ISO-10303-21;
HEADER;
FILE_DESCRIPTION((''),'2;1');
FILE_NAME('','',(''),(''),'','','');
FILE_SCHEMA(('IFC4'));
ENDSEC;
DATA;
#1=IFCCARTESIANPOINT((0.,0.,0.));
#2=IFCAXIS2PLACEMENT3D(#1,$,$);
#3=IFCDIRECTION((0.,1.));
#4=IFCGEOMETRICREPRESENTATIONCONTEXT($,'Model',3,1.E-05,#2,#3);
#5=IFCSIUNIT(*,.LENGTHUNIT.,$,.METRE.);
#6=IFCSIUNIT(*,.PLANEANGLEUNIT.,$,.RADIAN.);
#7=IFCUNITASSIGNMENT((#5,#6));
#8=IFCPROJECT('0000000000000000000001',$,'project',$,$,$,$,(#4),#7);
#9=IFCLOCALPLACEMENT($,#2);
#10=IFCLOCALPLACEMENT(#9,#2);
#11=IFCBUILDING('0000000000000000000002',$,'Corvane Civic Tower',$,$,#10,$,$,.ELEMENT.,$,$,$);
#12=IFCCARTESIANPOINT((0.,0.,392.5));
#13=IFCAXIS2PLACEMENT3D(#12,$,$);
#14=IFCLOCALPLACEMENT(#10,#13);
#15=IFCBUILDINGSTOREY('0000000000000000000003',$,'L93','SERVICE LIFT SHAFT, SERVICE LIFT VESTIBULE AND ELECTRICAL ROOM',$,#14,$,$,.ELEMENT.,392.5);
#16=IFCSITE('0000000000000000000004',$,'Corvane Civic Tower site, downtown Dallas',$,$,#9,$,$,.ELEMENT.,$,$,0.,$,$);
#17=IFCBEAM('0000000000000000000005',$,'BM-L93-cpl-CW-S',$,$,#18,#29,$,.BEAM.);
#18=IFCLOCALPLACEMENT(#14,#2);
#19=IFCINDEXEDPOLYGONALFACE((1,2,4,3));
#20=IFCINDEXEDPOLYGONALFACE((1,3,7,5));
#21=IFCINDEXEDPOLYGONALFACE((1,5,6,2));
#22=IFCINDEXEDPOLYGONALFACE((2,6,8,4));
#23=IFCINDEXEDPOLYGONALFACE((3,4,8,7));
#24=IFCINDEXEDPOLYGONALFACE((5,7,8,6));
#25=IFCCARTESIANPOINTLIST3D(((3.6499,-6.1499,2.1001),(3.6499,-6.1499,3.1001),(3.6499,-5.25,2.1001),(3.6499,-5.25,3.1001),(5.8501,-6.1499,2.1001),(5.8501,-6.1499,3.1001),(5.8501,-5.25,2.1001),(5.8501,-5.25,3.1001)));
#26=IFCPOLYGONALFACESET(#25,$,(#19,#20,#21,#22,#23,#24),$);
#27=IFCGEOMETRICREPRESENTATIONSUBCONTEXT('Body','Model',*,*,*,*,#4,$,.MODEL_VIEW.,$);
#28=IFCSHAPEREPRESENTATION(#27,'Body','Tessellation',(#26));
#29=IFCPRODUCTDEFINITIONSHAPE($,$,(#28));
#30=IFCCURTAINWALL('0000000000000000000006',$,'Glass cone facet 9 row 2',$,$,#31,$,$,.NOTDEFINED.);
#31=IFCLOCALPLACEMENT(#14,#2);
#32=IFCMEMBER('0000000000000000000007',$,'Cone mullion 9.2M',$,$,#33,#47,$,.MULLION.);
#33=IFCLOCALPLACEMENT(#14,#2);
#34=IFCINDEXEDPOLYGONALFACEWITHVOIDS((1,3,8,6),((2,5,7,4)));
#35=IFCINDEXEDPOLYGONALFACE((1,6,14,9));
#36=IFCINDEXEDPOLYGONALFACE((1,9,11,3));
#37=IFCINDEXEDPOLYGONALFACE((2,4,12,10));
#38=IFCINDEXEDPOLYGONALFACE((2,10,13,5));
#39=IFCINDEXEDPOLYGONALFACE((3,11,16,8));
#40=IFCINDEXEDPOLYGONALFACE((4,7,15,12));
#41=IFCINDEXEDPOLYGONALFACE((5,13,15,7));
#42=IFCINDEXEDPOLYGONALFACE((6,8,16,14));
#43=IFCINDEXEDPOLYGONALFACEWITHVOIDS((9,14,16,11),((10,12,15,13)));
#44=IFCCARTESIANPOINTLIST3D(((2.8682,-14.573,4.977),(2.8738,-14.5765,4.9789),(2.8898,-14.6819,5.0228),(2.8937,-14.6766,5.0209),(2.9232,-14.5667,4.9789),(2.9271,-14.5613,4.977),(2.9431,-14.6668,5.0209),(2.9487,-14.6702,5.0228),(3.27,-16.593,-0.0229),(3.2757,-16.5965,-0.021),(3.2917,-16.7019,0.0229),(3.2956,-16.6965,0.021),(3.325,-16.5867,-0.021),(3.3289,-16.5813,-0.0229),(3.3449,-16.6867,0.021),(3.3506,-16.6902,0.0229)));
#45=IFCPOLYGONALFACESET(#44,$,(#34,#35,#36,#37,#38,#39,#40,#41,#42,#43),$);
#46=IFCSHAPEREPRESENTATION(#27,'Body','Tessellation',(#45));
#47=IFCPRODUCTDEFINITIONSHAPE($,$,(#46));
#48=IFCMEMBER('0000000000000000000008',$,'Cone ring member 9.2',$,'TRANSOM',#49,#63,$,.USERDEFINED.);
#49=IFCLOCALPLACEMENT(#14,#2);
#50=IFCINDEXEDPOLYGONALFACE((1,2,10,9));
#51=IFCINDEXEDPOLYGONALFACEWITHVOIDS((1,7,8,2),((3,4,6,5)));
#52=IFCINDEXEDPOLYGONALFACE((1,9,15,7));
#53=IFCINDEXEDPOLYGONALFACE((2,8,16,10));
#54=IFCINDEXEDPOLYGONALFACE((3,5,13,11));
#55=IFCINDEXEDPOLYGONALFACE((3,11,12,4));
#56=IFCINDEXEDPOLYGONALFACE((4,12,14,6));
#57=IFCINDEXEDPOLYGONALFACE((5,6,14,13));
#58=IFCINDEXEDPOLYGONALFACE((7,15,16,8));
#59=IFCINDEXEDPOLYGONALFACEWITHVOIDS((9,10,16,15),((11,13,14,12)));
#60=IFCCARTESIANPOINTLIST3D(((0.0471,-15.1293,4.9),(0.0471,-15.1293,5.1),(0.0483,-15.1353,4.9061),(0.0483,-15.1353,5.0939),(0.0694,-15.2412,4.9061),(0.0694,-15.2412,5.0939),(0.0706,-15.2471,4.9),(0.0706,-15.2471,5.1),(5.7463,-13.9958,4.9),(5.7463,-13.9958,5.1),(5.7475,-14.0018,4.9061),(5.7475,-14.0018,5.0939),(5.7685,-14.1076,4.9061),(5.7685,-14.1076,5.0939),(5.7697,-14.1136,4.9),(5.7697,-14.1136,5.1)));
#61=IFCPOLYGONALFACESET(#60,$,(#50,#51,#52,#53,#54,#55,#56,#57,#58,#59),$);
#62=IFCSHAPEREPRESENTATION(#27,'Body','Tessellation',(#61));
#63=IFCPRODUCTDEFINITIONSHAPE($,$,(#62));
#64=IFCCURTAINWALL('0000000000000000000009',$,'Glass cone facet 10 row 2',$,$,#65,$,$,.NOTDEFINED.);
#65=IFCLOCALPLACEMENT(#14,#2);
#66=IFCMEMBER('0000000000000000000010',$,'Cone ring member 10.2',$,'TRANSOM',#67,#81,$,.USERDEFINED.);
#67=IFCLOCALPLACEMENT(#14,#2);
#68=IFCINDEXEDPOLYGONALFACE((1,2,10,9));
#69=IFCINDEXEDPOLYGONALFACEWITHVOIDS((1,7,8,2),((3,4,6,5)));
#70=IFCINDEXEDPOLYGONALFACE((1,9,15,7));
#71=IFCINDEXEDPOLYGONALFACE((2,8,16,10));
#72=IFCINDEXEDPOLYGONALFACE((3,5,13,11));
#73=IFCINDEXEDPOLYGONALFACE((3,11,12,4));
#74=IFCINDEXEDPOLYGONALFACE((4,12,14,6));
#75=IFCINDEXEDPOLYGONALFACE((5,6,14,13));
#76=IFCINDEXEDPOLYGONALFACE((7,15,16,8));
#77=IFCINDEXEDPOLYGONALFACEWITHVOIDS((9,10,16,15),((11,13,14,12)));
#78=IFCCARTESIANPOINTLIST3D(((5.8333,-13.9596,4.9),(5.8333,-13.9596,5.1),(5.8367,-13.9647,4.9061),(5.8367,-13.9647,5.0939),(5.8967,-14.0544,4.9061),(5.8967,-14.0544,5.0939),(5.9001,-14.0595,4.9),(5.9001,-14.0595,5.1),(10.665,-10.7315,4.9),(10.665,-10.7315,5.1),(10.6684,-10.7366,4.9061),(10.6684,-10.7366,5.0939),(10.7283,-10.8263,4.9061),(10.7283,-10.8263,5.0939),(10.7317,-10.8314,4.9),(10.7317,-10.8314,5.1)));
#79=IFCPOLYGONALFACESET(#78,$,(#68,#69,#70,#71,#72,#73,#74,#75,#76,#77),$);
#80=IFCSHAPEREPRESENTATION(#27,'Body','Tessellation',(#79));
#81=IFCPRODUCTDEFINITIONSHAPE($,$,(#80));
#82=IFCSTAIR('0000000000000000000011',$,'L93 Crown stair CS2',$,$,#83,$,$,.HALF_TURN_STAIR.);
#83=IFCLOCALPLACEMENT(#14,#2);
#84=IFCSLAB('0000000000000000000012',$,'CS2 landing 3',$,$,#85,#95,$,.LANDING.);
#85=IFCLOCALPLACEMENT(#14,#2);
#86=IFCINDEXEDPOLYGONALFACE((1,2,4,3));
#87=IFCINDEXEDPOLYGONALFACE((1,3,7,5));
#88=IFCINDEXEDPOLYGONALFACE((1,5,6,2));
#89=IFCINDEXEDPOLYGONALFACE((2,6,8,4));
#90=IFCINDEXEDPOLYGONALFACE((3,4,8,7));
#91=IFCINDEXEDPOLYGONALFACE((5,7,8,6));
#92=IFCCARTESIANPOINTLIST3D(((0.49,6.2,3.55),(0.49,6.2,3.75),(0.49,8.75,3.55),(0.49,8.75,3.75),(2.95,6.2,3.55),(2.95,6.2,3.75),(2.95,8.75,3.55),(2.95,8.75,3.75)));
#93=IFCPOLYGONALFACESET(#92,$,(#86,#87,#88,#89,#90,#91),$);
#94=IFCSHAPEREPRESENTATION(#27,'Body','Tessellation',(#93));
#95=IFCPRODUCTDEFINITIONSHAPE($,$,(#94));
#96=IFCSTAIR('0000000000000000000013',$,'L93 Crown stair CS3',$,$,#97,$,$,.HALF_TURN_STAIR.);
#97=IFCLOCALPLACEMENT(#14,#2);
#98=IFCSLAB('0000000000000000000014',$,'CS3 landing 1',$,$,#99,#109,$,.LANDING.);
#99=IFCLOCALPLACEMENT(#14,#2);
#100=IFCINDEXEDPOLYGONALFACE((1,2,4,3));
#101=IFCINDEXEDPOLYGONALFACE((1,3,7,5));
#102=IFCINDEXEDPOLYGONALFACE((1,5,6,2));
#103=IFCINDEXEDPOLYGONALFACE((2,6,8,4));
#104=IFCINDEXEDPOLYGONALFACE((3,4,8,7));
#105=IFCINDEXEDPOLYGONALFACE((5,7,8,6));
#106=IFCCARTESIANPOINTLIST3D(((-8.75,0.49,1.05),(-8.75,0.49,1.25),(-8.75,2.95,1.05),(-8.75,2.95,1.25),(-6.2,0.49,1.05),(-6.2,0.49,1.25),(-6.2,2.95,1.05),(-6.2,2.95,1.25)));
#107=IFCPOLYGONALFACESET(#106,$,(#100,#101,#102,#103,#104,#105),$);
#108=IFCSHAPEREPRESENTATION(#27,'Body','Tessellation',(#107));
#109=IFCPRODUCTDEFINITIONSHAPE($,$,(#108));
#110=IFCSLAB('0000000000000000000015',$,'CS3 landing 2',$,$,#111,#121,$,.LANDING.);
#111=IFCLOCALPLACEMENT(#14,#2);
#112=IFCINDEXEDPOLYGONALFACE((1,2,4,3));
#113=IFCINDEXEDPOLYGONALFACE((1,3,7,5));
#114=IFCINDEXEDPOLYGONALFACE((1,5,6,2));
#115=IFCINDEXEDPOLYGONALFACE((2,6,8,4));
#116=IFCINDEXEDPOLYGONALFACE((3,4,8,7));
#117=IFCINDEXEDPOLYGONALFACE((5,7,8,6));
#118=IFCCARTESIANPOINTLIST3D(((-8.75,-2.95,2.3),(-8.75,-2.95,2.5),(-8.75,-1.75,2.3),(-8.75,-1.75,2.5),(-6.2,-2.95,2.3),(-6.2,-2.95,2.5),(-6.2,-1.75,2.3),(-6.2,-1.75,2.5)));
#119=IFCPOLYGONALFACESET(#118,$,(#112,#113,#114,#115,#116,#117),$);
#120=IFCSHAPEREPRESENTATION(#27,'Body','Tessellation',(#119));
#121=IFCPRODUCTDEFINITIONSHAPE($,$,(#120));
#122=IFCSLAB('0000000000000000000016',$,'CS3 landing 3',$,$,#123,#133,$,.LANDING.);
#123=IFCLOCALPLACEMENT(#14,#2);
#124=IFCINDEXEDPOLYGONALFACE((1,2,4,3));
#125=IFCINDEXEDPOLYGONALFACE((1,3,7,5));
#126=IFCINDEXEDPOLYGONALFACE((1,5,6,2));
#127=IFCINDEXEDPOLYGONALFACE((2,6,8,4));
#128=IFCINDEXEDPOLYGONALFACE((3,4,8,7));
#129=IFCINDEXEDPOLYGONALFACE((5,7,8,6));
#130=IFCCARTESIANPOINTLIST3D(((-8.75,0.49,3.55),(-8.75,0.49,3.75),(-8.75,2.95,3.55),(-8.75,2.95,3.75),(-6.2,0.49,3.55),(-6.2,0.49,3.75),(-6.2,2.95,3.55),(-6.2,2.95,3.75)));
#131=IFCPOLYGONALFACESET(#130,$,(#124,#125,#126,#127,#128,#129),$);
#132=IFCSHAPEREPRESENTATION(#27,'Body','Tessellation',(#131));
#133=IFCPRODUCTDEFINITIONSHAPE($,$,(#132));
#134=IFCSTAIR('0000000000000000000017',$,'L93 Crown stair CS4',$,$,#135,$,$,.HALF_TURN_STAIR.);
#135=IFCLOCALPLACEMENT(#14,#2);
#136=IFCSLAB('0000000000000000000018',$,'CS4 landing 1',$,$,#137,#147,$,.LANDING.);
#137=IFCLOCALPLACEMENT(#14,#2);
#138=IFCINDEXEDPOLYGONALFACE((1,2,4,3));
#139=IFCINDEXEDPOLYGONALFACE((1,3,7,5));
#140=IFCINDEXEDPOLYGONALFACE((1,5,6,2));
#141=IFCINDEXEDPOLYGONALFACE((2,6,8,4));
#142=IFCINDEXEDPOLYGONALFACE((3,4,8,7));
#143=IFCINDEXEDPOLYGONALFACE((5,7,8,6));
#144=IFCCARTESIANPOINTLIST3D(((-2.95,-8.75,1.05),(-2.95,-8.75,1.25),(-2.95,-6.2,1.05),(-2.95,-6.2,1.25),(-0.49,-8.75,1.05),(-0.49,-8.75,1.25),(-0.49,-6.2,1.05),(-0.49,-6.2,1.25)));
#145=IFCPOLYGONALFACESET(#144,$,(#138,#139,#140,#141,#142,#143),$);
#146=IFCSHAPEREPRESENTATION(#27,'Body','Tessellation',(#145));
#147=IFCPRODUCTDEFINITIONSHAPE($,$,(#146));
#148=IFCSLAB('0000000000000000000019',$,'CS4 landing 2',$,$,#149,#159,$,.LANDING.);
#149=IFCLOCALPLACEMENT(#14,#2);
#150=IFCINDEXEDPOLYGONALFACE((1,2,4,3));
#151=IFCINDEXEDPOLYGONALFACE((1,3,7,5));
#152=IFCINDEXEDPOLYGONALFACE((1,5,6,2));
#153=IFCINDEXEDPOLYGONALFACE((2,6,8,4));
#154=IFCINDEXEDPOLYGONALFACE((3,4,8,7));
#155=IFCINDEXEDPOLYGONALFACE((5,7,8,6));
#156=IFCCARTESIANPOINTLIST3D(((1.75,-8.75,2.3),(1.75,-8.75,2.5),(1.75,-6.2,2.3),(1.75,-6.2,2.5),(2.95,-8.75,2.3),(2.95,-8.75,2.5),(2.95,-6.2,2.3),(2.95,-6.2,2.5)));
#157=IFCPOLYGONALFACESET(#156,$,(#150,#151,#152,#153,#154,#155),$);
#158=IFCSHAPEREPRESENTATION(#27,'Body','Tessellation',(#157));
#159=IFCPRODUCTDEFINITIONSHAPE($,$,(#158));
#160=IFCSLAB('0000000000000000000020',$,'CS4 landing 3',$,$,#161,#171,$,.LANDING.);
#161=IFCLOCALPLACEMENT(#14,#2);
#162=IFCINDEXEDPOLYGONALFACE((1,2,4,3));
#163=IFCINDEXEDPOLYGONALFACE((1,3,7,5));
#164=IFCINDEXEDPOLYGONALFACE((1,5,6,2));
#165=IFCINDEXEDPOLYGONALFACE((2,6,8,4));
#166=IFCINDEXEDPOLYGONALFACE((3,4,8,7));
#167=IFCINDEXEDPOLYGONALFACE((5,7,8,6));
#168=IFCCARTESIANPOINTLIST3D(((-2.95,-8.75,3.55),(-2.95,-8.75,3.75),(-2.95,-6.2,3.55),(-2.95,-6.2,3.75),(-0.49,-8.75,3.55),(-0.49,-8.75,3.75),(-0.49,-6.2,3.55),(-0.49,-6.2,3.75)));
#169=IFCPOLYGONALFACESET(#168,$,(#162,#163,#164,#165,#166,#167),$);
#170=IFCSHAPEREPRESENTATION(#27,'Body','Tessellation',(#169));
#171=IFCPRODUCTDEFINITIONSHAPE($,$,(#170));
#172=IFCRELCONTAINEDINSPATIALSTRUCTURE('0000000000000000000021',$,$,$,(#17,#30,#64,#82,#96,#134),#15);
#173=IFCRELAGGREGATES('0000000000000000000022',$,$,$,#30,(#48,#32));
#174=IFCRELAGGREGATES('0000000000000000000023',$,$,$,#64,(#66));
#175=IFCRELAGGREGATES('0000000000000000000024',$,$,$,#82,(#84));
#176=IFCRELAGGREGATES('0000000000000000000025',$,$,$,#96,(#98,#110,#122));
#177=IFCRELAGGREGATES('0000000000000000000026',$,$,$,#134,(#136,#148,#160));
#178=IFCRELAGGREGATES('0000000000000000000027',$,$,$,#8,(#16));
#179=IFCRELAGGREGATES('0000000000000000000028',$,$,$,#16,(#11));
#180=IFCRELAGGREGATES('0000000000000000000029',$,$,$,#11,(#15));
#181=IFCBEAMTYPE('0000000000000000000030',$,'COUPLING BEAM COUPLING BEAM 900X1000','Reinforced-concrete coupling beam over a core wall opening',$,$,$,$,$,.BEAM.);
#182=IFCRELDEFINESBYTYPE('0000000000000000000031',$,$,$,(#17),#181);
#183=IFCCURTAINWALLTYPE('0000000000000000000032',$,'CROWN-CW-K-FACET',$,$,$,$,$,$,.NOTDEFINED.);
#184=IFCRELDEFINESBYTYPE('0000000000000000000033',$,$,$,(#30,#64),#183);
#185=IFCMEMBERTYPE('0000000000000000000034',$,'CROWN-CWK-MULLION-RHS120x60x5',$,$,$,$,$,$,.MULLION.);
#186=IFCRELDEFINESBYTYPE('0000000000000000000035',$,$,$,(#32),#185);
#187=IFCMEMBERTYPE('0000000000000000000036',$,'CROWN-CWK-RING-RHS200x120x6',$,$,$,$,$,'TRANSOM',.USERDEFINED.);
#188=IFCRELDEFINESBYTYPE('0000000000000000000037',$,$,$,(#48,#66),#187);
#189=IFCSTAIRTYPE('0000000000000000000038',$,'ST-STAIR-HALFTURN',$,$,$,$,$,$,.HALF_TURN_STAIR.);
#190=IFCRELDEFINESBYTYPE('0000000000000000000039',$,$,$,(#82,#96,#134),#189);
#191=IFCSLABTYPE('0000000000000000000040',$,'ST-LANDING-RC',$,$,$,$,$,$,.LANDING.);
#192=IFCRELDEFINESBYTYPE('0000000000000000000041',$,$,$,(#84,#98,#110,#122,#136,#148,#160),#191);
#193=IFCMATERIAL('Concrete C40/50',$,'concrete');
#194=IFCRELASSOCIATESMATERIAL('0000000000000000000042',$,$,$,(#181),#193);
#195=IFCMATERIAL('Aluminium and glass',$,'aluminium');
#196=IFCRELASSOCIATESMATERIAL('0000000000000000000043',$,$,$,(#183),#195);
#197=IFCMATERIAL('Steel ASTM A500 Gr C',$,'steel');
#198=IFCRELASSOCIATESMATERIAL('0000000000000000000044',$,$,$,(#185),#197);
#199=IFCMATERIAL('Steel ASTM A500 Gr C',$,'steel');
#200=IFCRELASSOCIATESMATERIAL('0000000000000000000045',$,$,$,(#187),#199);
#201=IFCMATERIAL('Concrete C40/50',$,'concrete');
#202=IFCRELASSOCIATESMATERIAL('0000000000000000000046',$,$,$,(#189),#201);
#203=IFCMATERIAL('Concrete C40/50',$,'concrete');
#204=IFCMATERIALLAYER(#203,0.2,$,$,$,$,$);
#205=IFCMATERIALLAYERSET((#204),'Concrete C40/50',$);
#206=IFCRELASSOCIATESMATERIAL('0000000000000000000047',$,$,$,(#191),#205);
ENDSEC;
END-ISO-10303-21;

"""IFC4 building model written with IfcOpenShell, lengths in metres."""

from ifc_helpers import new_model, si_unit, direction, frame, origin, origin_2d, place, context, subcontext, project, spatial, polyline, rectangle, hollow_rectangle, outline, extrude, material, layer, layer_set, material_profile, profile_set, type_object, element, aggregate, save


model = new_model("IFC4")

# Units and contexts
model_context = context("Model", 3, precision=1e-05, world=origin(), true_north=direction((0.0, 1.0)))
body_context = subcontext(model_context, "Body", "Model", "MODEL_VIEW")
ifc_project = project(units=[si_unit("LENGTHUNIT", "METRE"), si_unit("PLANEANGLEUNIT", "RADIAN")], contexts=[model_context])

# Site, building, storey
site_placement = place(None, origin())
site = spatial("IfcSite", under=ifc_project, at=site_placement, Name="Corvane Civic Tower site, downtown Dallas", CompositionType="ELEMENT", RefElevation=0.0)
building_placement = place(site_placement, origin())
building = spatial("IfcBuilding", under=site, at=building_placement, Name="Corvane Civic Tower", CompositionType="ELEMENT")
storey_placement = place(building_placement, frame((0.0, 0.0, 392.5)))
storey = spatial("IfcBuildingStorey", under=building, at=storey_placement, Name="L93", Description="SERVICE LIFT SHAFT, SERVICE LIFT VESTIBULE AND ELECTRICAL ROOM", CompositionType="ELEMENT", Elevation=392.5)

# Beam
ifc_material_1 = material(Name="Concrete C40/50", Category="concrete")
ifc_material_profile_1 = material_profile(ifc_material_1, rectangle(XDim=0.8999, YDim=1.0, at=origin_2d()), Name="COUPLING BEAM 900X1000")
ifc_profile_set_1 = profile_set([ifc_material_profile_1], Name="Concrete C40/50")
beam_type = type_object("IfcBeamType", Name="COUPLING BEAM COUPLING BEAM 900X1000", Description="Reinforced-concrete coupling beam over a core wall opening", PredefinedType="BEAM", material=ifc_profile_set_1)
beam_placement = place(storey_placement, frame((3.6499, -5.7, 2.6001), z_axis=(1.0, 0.0, 0.0), x_axis=(0.0, 1.0, 0.0)))
element("IfcBeam", 1, at=beam_placement, inside=storey, type_object=beam_type, Name="BM-L93-cpl-CW-S", PredefinedType="BEAM", context=body_context, shape_type="SweptSolid", body=[
    extrude(rectangle(XDim=0.8999, YDim=1.0, at=origin_2d()), origin(), (0.0, 0.0, 1.0), 2.2002),
])

# Curtain wall, members
ifc_material_2 = material(Name="Aluminium and glass", Category="aluminium")
curtain_wall_type = type_object("IfcCurtainWallType", Name="CROWN-CW-K-FACET", PredefinedType="NOTDEFINED", material=ifc_material_2)
curtain_wall_1_placement = place(storey_placement, origin())
curtain_wall_1 = element("IfcCurtainWall", 2, at=curtain_wall_1_placement, inside=storey, type_object=curtain_wall_type, Name="Glass cone facet 9 row 2", PredefinedType="NOTDEFINED")
ifc_material_3 = material(Name="Steel ASTM A500 Gr C", Category="steel")
ifc_material_profile_2 = material_profile(ifc_material_3, hollow_rectangle(XDim=0.0601, YDim=0.1201, WallThickness=0.0049, at=origin_2d()), Name="RHS 120x60x5")
ifc_profile_set_2 = profile_set([ifc_material_profile_2], Name="Steel ASTM A500 Gr C")
member_type_1 = type_object("IfcMemberType", Name="CROWN-CWK-MULLION-RHS120x60x5", PredefinedType="MULLION", material=ifc_profile_set_2)
member_1_placement = place(storey_placement, frame((3.3103, -16.6416, 0.0), z_axis=(-0.074313, 0.373553, 0.924627), x_axis=(-0.980781, -0.195113, 0.0)))
member_1 = element("IfcMember", 3, at=member_1_placement, type_object=member_type_1, Name="Cone mullion 9.2M", PredefinedType="MULLION", context=body_context, shape_type="SweptSolid", body=[
    extrude(hollow_rectangle(XDim=0.0601, YDim=0.1201, WallThickness=0.0049, at=origin_2d()), origin(), (0.0, 0.0, 1.0), 5.4075),
])
ifc_material_4 = material(Name="Steel ASTM A500 Gr C", Category="steel")
ifc_material_profile_3 = material_profile(ifc_material_4, hollow_rectangle(XDim=0.1201, YDim=0.2, WallThickness=0.0061, at=origin_2d()), Name="RHS 200x120x6")
ifc_profile_set_3 = profile_set([ifc_material_profile_3], Name="Steel ASTM A500 Gr C")
member_type_2 = type_object("IfcMemberType", Name="CROWN-CWK-RING-RHS200x120x6", ElementType="TRANSOM", PredefinedType="USERDEFINED", material=ifc_profile_set_3)
member_2_placement = place(storey_placement, frame((0.0588, -15.1882, 5.0), z_axis=(0.980789, 0.195074, 0.0), x_axis=(-0.195074, 0.980789, 0.0)))
member_2 = element("IfcMember", 4, at=member_2_placement, type_object=member_type_2, Name="Cone ring member 9.2", ObjectType="TRANSOM", PredefinedType="USERDEFINED", context=body_context, shape_type="SweptSolid", body=[
    extrude(hollow_rectangle(XDim=0.1201, YDim=0.2, WallThickness=0.0061, at=origin_2d()), origin(), (0.0, 0.0, 1.0), 5.8108),
])
aggregate(curtain_wall_1, [member_2, member_1])

# Curtain wall, member
curtain_wall_2_placement = place(storey_placement, origin())
curtain_wall_2 = element("IfcCurtainWall", 5, at=curtain_wall_2_placement, inside=storey, type_object=curtain_wall_type, Name="Glass cone facet 10 row 2", PredefinedType="NOTDEFINED")
member_3_placement = place(storey_placement, frame((5.8667, -14.0095, 5.0), z_axis=(0.831494, 0.555534, 0.0), x_axis=(-0.555534, 0.831494, 0.0)))
member_3 = element("IfcMember", 6, at=member_3_placement, type_object=member_type_2, Name="Cone ring member 10.2", ObjectType="TRANSOM", PredefinedType="USERDEFINED", context=body_context, shape_type="SweptSolid", body=[
    extrude(hollow_rectangle(XDim=0.1201, YDim=0.2, WallThickness=0.0061, at=origin_2d()), origin(), (0.0, 0.0, 1.0), 5.8108),
])
aggregate(curtain_wall_2, [member_3])

# Stair, slab
ifc_material_5 = material(Name="Concrete C40/50", Category="concrete")
stair_type = type_object("IfcStairType", Name="ST-STAIR-HALFTURN", PredefinedType="HALF_TURN_STAIR", material=ifc_material_5)
stair_1_placement = place(storey_placement, origin())
stair_1 = element("IfcStair", 7, at=stair_1_placement, inside=storey, type_object=stair_type, Name="L93 Crown stair CS2", PredefinedType="HALF_TURN_STAIR")
ifc_material_6 = material(Name="Concrete C40/50", Category="concrete")
ifc_layer_1 = layer(ifc_material_6, 0.2)
ifc_layer_set_1 = layer_set([ifc_layer_1], Name="Concrete C40/50")
slab_type = type_object("IfcSlabType", Name="ST-LANDING-RC", PredefinedType="LANDING", material=ifc_layer_set_1)
slab_1_placement = place(storey_placement, frame((0.0, 0.0, 3.55)))
slab_1 = element("IfcSlab", 8, at=slab_1_placement, type_object=slab_type, Name="CS2 landing 3", PredefinedType="LANDING", context=body_context, shape_type="SweptSolid", body=[
    extrude(outline(polyline([(0.49, 6.2), (2.95, 6.2), (2.95, 8.75), (0.49, 8.75), (0.49, 6.2)])), origin(), (0.0, 0.0, 1.0), 0.2),
])
aggregate(stair_1, [slab_1])

# Stairs, slabs
stair_2_placement = place(storey_placement, origin())
stair_2 = element("IfcStair", 9, at=stair_2_placement, inside=storey, type_object=stair_type, Name="L93 Crown stair CS3", PredefinedType="HALF_TURN_STAIR")
slab_2_placement = place(storey_placement, frame((0.0, 0.0, 1.05)))
slab_2 = element("IfcSlab", 10, at=slab_2_placement, type_object=slab_type, Name="CS3 landing 1", PredefinedType="LANDING", context=body_context, shape_type="SweptSolid", body=[
    extrude(outline(polyline([(-6.2, 0.49), (-6.2, 2.95), (-8.75, 2.95), (-8.75, 0.49), (-6.2, 0.49)])), origin(), (0.0, 0.0, 1.0), 0.2),
])
slab_3_placement = place(storey_placement, frame((0.0, 0.0, 2.3)))
slab_3 = element("IfcSlab", 11, at=slab_3_placement, type_object=slab_type, Name="CS3 landing 2", PredefinedType="LANDING", context=body_context, shape_type="SweptSolid", body=[
    extrude(outline(polyline([(-6.2, -2.95), (-6.2, -1.75), (-8.75, -1.75), (-8.75, -2.95), (-6.2, -2.95)])), origin(), (0.0, 0.0, 1.0), 0.2),
])
slab_4_placement = place(storey_placement, frame((0.0, 0.0, 3.55)))
slab_4 = element("IfcSlab", 12, at=slab_4_placement, type_object=slab_type, Name="CS3 landing 3", PredefinedType="LANDING", context=body_context, shape_type="SweptSolid", body=[
    extrude(outline(polyline([(-6.2, 0.49), (-6.2, 2.95), (-8.75, 2.95), (-8.75, 0.49), (-6.2, 0.49)])), origin(), (0.0, 0.0, 1.0), 0.2),
])
aggregate(stair_2, [slab_2, slab_3, slab_4])
stair_3_placement = place(storey_placement, origin())
stair_3 = element("IfcStair", 13, at=stair_3_placement, inside=storey, type_object=stair_type, Name="L93 Crown stair CS4", PredefinedType="HALF_TURN_STAIR")
slab_5_placement = place(storey_placement, frame((0.0, 0.0, 1.05)))
slab_5 = element("IfcSlab", 14, at=slab_5_placement, type_object=slab_type, Name="CS4 landing 1", PredefinedType="LANDING", context=body_context, shape_type="SweptSolid", body=[
    extrude(outline(polyline([(-0.49, -6.2), (-2.95, -6.2), (-2.95, -8.75), (-0.49, -8.75), (-0.49, -6.2)])), origin(), (0.0, 0.0, 1.0), 0.2),
])
slab_6_placement = place(storey_placement, frame((0.0, 0.0, 2.3)))
slab_6 = element("IfcSlab", 15, at=slab_6_placement, type_object=slab_type, Name="CS4 landing 2", PredefinedType="LANDING", context=body_context, shape_type="SweptSolid", body=[
    extrude(outline(polyline([(2.95, -6.2), (1.75, -6.2), (1.75, -8.75), (2.95, -8.75), (2.95, -6.2)])), origin(), (0.0, 0.0, 1.0), 0.2),
])
slab_7_placement = place(storey_placement, frame((0.0, 0.0, 3.55)))
slab_7 = element("IfcSlab", 16, at=slab_7_placement, type_object=slab_type, Name="CS4 landing 3", PredefinedType="LANDING", context=body_context, shape_type="SweptSolid", body=[
    extrude(outline(polyline([(-0.49, -6.2), (-2.95, -6.2), (-2.95, -8.75), (-0.49, -8.75), (-0.49, -6.2)])), origin(), (0.0, 0.0, 1.0), 0.2),
])

aggregate(stair_3, [slab_5, slab_6, slab_7])

save(model, "model.ifc")
